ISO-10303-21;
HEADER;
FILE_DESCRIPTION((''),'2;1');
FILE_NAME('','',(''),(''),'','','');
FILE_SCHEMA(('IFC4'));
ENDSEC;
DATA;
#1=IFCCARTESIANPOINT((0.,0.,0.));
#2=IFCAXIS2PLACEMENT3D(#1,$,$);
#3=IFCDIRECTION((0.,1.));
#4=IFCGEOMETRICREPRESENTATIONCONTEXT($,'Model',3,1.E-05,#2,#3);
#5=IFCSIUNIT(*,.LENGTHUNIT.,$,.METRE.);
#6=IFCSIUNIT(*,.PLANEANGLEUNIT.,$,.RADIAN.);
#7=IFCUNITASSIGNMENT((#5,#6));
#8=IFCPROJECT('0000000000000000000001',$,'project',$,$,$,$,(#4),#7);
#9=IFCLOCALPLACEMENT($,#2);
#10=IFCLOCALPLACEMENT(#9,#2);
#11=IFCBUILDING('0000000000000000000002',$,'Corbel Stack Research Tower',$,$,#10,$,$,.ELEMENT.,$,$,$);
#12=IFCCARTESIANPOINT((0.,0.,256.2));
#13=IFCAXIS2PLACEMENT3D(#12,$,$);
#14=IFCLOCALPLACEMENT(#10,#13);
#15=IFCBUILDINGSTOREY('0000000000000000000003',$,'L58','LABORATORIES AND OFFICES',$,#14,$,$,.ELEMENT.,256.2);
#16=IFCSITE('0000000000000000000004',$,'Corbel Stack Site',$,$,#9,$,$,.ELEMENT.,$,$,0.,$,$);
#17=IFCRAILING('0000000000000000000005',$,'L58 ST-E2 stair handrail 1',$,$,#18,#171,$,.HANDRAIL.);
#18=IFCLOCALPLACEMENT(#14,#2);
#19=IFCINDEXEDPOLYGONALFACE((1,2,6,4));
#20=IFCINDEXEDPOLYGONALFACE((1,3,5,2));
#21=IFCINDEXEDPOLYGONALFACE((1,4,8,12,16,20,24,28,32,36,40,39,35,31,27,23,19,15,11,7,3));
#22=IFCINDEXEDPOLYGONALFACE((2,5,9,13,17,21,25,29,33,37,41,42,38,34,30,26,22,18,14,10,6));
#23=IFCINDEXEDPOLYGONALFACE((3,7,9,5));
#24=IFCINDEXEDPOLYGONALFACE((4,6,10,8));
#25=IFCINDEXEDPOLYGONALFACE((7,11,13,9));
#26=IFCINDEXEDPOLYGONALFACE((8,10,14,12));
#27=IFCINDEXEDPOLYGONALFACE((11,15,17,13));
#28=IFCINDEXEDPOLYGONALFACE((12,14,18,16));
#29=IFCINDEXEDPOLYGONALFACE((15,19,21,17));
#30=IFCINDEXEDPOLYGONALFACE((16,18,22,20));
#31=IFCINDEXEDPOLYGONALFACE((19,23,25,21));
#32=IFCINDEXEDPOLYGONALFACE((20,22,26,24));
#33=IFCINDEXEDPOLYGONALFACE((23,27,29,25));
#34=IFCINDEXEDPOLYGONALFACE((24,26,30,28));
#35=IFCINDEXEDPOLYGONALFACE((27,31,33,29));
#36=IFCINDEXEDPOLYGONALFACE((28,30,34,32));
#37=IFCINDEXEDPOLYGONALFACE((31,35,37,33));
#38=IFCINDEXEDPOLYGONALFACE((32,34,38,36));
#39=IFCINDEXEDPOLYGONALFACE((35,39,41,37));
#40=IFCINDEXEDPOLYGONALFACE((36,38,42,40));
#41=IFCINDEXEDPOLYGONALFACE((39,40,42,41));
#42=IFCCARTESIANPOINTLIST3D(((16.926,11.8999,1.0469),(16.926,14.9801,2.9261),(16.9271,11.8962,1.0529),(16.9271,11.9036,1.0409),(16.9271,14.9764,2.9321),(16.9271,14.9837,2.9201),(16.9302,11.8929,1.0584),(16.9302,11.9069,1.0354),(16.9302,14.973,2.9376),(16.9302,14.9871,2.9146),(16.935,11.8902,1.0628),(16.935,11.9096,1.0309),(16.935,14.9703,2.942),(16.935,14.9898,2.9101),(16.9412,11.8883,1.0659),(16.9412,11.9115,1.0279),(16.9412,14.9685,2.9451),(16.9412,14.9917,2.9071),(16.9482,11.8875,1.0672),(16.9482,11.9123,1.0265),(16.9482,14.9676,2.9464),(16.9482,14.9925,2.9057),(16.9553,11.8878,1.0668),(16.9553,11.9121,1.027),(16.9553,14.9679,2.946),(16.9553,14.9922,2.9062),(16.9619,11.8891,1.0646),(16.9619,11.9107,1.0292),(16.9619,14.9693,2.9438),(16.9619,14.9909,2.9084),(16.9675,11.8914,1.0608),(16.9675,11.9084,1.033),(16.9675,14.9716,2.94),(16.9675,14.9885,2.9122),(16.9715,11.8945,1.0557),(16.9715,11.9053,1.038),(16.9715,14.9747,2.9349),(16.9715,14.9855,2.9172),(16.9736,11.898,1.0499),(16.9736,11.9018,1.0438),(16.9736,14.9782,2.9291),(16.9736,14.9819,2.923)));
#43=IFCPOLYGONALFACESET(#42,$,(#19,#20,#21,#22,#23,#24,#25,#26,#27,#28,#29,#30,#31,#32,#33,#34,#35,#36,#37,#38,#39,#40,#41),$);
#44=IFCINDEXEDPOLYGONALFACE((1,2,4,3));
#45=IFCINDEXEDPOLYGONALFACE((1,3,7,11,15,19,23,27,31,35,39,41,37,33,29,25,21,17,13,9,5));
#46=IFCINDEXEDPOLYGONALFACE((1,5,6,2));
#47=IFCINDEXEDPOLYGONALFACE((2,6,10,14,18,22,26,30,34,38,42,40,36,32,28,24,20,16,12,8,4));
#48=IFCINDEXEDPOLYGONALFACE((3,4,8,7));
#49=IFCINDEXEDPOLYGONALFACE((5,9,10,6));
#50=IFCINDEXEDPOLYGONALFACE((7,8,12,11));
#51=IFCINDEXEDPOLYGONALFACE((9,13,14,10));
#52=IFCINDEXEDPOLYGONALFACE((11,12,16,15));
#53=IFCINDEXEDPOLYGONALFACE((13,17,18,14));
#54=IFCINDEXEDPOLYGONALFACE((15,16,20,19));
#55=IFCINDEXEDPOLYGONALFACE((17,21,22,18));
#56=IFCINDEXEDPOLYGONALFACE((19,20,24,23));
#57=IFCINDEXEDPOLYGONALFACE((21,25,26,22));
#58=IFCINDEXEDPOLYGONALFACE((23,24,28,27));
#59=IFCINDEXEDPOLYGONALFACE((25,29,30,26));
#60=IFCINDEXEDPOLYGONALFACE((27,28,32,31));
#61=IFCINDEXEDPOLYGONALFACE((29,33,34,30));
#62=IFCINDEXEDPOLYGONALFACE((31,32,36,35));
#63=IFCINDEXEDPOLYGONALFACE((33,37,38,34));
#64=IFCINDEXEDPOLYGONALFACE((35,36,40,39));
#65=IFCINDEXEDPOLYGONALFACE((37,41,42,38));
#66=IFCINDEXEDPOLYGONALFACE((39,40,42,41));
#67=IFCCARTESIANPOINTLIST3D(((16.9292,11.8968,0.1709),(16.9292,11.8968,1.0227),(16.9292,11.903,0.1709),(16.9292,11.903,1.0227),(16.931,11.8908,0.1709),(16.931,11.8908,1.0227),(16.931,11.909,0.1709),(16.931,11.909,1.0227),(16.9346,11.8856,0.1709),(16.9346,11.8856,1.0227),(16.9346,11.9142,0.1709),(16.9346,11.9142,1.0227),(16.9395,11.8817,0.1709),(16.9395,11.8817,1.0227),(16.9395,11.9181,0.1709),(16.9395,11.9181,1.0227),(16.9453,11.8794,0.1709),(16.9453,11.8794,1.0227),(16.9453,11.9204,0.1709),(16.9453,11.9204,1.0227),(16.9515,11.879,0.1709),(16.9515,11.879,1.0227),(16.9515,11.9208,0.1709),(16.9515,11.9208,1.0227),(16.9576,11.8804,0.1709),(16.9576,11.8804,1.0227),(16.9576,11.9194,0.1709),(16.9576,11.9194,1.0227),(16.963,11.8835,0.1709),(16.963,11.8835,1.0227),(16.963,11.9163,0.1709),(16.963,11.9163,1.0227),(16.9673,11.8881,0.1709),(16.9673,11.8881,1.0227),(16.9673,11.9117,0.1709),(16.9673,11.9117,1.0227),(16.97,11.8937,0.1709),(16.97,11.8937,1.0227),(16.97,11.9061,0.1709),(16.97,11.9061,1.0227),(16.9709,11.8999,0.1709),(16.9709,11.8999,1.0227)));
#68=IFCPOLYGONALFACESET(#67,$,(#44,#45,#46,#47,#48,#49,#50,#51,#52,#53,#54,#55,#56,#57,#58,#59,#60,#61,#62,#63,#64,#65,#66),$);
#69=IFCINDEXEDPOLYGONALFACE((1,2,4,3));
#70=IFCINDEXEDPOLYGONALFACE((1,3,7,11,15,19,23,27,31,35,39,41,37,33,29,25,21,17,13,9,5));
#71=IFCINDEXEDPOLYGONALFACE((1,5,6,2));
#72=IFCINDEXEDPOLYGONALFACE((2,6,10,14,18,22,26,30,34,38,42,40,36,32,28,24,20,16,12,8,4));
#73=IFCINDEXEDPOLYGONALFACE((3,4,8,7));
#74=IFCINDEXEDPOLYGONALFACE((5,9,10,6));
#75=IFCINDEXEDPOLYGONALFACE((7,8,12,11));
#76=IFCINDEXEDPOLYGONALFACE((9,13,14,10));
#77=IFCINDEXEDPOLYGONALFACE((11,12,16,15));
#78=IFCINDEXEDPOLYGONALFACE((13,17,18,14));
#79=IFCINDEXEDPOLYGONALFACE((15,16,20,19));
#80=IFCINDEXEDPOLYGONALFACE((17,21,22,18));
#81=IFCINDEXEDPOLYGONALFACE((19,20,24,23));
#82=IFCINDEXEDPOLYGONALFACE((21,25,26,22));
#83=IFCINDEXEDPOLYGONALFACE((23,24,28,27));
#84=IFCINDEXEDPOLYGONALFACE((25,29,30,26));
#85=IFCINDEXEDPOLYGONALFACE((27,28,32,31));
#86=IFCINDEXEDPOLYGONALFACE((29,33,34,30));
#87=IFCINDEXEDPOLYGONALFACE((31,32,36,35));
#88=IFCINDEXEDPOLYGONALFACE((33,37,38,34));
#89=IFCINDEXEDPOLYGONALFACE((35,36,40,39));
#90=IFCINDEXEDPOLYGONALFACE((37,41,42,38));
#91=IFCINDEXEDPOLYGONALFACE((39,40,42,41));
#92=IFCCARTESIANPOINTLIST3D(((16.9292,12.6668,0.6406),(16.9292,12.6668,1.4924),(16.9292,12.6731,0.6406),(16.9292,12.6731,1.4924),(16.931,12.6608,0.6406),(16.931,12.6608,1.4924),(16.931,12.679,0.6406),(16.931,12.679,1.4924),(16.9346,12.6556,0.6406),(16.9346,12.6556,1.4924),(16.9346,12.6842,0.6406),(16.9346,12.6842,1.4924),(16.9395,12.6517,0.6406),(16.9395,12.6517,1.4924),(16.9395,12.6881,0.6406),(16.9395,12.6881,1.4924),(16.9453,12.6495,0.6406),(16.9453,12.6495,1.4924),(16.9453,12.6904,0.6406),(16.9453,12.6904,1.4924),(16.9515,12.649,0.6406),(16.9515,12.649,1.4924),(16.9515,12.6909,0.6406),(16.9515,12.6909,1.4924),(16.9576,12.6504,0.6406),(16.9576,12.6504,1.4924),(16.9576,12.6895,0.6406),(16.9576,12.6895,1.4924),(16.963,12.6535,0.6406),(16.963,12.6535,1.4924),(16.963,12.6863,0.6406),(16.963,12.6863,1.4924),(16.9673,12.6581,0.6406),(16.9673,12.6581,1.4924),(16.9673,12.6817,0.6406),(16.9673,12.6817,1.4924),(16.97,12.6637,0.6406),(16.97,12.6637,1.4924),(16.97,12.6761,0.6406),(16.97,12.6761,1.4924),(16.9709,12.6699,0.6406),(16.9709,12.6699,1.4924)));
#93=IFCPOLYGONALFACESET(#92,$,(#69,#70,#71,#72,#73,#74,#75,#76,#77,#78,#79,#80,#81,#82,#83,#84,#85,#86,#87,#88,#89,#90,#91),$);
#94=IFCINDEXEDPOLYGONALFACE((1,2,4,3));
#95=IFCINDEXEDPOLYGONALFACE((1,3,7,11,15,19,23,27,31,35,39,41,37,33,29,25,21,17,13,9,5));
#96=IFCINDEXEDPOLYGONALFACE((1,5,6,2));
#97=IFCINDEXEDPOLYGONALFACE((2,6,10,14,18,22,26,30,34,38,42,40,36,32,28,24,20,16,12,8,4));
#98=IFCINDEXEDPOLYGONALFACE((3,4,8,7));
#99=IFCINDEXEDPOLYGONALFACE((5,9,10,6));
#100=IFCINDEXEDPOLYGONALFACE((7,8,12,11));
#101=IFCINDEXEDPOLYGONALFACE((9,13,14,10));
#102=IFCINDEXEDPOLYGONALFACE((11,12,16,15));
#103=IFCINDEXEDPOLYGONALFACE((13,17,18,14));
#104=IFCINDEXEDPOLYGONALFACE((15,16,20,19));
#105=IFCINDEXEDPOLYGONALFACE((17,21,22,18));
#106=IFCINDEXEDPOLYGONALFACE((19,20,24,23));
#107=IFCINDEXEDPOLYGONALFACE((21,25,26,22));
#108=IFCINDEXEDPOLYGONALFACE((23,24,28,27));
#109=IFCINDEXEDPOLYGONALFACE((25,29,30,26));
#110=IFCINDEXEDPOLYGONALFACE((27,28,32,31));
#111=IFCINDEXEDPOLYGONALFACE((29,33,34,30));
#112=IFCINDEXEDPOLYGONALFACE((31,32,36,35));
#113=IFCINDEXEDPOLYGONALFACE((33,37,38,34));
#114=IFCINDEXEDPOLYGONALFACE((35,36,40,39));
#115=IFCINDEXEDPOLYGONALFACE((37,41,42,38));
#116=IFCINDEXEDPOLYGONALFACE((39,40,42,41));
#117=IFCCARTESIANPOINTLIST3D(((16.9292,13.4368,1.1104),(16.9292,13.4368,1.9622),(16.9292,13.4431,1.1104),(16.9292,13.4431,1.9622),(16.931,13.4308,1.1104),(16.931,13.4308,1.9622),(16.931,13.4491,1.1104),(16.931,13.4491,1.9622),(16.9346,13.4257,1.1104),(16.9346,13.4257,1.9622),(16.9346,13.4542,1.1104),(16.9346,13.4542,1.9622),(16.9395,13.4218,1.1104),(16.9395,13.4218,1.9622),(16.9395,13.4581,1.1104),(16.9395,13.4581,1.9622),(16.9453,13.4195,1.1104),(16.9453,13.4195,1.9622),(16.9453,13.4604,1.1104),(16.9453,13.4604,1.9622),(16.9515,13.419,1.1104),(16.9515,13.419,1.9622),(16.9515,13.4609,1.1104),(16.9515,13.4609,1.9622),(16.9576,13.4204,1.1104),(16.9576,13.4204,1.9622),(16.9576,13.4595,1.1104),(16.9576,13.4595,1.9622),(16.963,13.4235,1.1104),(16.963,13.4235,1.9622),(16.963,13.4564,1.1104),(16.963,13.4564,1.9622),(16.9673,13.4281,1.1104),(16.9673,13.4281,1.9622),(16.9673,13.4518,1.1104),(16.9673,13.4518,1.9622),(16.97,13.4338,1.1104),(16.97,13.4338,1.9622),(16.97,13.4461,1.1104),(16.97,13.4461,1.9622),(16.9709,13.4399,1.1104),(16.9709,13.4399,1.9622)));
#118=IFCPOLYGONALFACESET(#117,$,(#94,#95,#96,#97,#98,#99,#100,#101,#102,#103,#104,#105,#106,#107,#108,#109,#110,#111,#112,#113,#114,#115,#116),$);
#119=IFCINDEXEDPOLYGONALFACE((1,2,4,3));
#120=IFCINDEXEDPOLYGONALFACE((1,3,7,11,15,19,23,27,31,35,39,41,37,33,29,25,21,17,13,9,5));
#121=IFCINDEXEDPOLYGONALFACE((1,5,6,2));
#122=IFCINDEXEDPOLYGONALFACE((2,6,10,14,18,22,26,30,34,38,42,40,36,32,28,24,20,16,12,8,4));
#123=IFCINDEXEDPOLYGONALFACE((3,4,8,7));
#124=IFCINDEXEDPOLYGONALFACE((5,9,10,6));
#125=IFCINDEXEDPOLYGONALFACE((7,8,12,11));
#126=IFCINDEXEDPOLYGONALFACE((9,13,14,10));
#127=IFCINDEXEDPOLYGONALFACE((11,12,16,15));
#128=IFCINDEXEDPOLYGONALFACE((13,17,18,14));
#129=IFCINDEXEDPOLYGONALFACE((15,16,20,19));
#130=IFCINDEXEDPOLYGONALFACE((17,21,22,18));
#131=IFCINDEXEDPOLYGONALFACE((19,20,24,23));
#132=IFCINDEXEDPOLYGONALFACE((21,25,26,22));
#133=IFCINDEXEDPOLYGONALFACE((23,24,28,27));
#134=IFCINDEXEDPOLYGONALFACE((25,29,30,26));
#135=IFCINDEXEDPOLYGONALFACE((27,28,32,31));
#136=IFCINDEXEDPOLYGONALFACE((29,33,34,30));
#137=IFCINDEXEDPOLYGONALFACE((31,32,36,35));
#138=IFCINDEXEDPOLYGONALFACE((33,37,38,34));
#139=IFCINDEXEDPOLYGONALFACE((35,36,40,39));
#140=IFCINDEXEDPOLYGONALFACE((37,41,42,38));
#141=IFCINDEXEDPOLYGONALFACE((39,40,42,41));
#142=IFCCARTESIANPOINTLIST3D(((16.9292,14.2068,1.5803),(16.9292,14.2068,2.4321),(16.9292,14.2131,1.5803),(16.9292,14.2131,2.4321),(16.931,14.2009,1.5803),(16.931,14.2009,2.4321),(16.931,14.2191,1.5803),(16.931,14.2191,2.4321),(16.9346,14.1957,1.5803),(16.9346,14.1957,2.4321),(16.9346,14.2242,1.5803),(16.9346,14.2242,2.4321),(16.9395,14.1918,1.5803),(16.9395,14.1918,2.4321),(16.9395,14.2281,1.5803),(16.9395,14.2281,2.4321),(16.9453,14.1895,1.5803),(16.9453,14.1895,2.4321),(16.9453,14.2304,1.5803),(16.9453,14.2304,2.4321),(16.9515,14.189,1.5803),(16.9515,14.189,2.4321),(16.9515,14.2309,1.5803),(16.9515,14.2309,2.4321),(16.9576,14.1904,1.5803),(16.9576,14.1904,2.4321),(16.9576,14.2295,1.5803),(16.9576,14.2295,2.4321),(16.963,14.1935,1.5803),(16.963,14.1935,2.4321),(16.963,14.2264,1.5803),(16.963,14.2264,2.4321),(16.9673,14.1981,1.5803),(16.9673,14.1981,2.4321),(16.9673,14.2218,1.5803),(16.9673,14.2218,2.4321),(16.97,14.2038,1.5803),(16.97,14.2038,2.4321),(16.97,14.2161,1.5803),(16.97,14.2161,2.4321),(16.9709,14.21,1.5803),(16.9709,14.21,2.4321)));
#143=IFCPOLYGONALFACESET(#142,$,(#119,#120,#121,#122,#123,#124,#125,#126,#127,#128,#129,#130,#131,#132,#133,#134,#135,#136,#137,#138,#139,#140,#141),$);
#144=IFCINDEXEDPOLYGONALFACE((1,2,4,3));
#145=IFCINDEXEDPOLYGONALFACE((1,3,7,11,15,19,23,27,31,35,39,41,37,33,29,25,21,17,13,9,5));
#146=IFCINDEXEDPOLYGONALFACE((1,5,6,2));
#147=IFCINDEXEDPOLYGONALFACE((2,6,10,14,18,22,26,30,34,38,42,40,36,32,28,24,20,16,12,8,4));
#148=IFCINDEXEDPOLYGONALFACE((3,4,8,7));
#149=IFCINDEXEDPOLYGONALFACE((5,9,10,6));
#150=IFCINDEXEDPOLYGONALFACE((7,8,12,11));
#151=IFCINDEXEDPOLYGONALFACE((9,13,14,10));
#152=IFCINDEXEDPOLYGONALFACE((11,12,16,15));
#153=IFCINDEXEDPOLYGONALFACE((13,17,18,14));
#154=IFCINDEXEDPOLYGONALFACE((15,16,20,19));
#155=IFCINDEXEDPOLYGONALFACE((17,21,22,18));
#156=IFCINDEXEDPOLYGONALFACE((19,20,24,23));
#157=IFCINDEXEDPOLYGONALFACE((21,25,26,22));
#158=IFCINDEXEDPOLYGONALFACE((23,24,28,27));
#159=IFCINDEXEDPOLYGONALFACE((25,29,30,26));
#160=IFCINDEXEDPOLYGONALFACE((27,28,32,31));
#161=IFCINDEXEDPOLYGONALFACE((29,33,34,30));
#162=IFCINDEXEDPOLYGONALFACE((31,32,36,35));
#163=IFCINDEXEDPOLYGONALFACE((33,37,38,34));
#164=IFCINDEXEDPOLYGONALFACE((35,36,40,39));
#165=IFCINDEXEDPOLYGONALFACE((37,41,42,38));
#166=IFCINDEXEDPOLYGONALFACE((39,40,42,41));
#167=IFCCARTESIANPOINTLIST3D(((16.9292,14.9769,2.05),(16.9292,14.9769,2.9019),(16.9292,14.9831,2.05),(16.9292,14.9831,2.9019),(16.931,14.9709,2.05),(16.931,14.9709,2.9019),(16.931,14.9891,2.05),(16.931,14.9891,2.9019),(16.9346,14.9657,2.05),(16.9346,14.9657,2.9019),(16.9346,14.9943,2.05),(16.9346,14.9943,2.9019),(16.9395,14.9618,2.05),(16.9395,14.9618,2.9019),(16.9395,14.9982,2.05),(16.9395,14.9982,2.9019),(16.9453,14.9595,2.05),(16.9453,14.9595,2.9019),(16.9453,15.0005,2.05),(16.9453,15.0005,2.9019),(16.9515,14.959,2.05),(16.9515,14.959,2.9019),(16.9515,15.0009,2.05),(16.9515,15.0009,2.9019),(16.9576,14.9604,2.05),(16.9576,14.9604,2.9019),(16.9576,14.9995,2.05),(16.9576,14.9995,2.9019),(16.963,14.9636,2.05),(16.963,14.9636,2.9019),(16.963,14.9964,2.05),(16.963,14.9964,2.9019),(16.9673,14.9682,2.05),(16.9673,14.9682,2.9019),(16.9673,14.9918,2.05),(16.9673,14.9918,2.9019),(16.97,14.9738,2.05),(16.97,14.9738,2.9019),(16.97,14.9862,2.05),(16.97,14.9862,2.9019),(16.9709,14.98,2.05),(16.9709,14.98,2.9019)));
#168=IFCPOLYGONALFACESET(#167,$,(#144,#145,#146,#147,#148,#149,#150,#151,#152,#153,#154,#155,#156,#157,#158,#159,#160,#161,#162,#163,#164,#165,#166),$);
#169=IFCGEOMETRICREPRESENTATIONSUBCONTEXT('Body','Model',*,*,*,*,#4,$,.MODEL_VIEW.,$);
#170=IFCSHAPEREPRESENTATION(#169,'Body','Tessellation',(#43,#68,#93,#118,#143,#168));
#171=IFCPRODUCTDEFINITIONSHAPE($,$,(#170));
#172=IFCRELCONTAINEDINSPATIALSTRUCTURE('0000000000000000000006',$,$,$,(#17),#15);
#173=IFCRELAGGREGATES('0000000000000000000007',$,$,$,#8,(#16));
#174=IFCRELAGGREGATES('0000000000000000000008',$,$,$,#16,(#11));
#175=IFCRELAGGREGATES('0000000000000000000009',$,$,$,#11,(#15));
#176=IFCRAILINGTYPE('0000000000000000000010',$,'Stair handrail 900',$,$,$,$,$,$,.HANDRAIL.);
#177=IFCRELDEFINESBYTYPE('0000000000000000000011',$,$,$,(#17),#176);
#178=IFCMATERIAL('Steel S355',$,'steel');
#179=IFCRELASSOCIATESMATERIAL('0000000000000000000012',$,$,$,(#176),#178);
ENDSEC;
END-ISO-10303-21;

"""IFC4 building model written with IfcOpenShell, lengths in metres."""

from ifc_helpers import new_model, si_unit, direction, frame, origin, origin_2d, place, context, subcontext, project, spatial, circle, extrude, material, type_object, element, save


model = new_model("IFC4")

# Units and contexts
model_context = context("Model", 3, precision=1e-05, world=origin(), true_north=direction((0.0, 1.0)))
body_context = subcontext(model_context, "Body", "Model", "MODEL_VIEW")
ifc_project = project(units=[si_unit("LENGTHUNIT", "METRE"), si_unit("PLANEANGLEUNIT", "RADIAN")], contexts=[model_context])

# Site, building, storey
site_placement = place(None, origin())
site = spatial("IfcSite", under=ifc_project, at=site_placement, Name="Corbel Stack Site", CompositionType="ELEMENT", RefElevation=0.0)
building_placement = place(site_placement, origin())
building = spatial("IfcBuilding", under=site, at=building_placement, Name="Corbel Stack Research Tower", CompositionType="ELEMENT")
storey_placement = place(building_placement, frame((0.0, 0.0, 256.2)))
storey = spatial("IfcBuildingStorey", under=building, at=storey_placement, Name="L58", Description="LABORATORIES AND OFFICES", CompositionType="ELEMENT", Elevation=256.2)

# Railing
ifc_material_1 = material(Name="Steel S355", Category="steel")
railing_type_1 = type_object("IfcRailingType", Name="Stair handrail 900", PredefinedType="HANDRAIL", material=ifc_material_1)
railing_1_placement = place(storey_placement, frame((16.95, 11.8999, 0.1709)))
element("IfcRailing", 1, at=railing_1_placement, inside=storey, type_object=railing_type_1, Name="L58 ST-E2 stair handrail 1", PredefinedType="HANDRAIL", context=body_context, shape_type="SweptSolid", body=[
    extrude(circle(Radius=0.0239, at=origin_2d()), frame((0.0, 0.0, 0.876), z_axis=(0.0, 0.853666, 0.52082), x_axis=(-1.0, 0.0, 0.0)), (0.0, 0.0, 1.0), 3.6082),
    extrude(circle(Radius=0.021, at=origin_2d()), origin(), (0.0, 0.0, 1.0), 0.8518),
    extrude(circle(Radius=0.021, at=origin_2d()), frame((0.0, 0.77, 0.4697)), (0.0, 0.0, 1.0), 0.8518),
    extrude(circle(Radius=0.021, at=origin_2d()), frame((0.0, 1.54, 0.9395)), (0.0, 0.0, 1.0), 0.8518),
    extrude(circle(Radius=0.021, at=origin_2d()), frame((0.0, 2.3101, 1.4094)), (0.0, 0.0, 1.0), 0.8518),
    extrude(circle(Radius=0.021, at=origin_2d()), frame((0.0, 3.0801, 1.8792)), (0.0, 0.0, 1.0), 0.8518),
])

save(model, "model.ifc")
